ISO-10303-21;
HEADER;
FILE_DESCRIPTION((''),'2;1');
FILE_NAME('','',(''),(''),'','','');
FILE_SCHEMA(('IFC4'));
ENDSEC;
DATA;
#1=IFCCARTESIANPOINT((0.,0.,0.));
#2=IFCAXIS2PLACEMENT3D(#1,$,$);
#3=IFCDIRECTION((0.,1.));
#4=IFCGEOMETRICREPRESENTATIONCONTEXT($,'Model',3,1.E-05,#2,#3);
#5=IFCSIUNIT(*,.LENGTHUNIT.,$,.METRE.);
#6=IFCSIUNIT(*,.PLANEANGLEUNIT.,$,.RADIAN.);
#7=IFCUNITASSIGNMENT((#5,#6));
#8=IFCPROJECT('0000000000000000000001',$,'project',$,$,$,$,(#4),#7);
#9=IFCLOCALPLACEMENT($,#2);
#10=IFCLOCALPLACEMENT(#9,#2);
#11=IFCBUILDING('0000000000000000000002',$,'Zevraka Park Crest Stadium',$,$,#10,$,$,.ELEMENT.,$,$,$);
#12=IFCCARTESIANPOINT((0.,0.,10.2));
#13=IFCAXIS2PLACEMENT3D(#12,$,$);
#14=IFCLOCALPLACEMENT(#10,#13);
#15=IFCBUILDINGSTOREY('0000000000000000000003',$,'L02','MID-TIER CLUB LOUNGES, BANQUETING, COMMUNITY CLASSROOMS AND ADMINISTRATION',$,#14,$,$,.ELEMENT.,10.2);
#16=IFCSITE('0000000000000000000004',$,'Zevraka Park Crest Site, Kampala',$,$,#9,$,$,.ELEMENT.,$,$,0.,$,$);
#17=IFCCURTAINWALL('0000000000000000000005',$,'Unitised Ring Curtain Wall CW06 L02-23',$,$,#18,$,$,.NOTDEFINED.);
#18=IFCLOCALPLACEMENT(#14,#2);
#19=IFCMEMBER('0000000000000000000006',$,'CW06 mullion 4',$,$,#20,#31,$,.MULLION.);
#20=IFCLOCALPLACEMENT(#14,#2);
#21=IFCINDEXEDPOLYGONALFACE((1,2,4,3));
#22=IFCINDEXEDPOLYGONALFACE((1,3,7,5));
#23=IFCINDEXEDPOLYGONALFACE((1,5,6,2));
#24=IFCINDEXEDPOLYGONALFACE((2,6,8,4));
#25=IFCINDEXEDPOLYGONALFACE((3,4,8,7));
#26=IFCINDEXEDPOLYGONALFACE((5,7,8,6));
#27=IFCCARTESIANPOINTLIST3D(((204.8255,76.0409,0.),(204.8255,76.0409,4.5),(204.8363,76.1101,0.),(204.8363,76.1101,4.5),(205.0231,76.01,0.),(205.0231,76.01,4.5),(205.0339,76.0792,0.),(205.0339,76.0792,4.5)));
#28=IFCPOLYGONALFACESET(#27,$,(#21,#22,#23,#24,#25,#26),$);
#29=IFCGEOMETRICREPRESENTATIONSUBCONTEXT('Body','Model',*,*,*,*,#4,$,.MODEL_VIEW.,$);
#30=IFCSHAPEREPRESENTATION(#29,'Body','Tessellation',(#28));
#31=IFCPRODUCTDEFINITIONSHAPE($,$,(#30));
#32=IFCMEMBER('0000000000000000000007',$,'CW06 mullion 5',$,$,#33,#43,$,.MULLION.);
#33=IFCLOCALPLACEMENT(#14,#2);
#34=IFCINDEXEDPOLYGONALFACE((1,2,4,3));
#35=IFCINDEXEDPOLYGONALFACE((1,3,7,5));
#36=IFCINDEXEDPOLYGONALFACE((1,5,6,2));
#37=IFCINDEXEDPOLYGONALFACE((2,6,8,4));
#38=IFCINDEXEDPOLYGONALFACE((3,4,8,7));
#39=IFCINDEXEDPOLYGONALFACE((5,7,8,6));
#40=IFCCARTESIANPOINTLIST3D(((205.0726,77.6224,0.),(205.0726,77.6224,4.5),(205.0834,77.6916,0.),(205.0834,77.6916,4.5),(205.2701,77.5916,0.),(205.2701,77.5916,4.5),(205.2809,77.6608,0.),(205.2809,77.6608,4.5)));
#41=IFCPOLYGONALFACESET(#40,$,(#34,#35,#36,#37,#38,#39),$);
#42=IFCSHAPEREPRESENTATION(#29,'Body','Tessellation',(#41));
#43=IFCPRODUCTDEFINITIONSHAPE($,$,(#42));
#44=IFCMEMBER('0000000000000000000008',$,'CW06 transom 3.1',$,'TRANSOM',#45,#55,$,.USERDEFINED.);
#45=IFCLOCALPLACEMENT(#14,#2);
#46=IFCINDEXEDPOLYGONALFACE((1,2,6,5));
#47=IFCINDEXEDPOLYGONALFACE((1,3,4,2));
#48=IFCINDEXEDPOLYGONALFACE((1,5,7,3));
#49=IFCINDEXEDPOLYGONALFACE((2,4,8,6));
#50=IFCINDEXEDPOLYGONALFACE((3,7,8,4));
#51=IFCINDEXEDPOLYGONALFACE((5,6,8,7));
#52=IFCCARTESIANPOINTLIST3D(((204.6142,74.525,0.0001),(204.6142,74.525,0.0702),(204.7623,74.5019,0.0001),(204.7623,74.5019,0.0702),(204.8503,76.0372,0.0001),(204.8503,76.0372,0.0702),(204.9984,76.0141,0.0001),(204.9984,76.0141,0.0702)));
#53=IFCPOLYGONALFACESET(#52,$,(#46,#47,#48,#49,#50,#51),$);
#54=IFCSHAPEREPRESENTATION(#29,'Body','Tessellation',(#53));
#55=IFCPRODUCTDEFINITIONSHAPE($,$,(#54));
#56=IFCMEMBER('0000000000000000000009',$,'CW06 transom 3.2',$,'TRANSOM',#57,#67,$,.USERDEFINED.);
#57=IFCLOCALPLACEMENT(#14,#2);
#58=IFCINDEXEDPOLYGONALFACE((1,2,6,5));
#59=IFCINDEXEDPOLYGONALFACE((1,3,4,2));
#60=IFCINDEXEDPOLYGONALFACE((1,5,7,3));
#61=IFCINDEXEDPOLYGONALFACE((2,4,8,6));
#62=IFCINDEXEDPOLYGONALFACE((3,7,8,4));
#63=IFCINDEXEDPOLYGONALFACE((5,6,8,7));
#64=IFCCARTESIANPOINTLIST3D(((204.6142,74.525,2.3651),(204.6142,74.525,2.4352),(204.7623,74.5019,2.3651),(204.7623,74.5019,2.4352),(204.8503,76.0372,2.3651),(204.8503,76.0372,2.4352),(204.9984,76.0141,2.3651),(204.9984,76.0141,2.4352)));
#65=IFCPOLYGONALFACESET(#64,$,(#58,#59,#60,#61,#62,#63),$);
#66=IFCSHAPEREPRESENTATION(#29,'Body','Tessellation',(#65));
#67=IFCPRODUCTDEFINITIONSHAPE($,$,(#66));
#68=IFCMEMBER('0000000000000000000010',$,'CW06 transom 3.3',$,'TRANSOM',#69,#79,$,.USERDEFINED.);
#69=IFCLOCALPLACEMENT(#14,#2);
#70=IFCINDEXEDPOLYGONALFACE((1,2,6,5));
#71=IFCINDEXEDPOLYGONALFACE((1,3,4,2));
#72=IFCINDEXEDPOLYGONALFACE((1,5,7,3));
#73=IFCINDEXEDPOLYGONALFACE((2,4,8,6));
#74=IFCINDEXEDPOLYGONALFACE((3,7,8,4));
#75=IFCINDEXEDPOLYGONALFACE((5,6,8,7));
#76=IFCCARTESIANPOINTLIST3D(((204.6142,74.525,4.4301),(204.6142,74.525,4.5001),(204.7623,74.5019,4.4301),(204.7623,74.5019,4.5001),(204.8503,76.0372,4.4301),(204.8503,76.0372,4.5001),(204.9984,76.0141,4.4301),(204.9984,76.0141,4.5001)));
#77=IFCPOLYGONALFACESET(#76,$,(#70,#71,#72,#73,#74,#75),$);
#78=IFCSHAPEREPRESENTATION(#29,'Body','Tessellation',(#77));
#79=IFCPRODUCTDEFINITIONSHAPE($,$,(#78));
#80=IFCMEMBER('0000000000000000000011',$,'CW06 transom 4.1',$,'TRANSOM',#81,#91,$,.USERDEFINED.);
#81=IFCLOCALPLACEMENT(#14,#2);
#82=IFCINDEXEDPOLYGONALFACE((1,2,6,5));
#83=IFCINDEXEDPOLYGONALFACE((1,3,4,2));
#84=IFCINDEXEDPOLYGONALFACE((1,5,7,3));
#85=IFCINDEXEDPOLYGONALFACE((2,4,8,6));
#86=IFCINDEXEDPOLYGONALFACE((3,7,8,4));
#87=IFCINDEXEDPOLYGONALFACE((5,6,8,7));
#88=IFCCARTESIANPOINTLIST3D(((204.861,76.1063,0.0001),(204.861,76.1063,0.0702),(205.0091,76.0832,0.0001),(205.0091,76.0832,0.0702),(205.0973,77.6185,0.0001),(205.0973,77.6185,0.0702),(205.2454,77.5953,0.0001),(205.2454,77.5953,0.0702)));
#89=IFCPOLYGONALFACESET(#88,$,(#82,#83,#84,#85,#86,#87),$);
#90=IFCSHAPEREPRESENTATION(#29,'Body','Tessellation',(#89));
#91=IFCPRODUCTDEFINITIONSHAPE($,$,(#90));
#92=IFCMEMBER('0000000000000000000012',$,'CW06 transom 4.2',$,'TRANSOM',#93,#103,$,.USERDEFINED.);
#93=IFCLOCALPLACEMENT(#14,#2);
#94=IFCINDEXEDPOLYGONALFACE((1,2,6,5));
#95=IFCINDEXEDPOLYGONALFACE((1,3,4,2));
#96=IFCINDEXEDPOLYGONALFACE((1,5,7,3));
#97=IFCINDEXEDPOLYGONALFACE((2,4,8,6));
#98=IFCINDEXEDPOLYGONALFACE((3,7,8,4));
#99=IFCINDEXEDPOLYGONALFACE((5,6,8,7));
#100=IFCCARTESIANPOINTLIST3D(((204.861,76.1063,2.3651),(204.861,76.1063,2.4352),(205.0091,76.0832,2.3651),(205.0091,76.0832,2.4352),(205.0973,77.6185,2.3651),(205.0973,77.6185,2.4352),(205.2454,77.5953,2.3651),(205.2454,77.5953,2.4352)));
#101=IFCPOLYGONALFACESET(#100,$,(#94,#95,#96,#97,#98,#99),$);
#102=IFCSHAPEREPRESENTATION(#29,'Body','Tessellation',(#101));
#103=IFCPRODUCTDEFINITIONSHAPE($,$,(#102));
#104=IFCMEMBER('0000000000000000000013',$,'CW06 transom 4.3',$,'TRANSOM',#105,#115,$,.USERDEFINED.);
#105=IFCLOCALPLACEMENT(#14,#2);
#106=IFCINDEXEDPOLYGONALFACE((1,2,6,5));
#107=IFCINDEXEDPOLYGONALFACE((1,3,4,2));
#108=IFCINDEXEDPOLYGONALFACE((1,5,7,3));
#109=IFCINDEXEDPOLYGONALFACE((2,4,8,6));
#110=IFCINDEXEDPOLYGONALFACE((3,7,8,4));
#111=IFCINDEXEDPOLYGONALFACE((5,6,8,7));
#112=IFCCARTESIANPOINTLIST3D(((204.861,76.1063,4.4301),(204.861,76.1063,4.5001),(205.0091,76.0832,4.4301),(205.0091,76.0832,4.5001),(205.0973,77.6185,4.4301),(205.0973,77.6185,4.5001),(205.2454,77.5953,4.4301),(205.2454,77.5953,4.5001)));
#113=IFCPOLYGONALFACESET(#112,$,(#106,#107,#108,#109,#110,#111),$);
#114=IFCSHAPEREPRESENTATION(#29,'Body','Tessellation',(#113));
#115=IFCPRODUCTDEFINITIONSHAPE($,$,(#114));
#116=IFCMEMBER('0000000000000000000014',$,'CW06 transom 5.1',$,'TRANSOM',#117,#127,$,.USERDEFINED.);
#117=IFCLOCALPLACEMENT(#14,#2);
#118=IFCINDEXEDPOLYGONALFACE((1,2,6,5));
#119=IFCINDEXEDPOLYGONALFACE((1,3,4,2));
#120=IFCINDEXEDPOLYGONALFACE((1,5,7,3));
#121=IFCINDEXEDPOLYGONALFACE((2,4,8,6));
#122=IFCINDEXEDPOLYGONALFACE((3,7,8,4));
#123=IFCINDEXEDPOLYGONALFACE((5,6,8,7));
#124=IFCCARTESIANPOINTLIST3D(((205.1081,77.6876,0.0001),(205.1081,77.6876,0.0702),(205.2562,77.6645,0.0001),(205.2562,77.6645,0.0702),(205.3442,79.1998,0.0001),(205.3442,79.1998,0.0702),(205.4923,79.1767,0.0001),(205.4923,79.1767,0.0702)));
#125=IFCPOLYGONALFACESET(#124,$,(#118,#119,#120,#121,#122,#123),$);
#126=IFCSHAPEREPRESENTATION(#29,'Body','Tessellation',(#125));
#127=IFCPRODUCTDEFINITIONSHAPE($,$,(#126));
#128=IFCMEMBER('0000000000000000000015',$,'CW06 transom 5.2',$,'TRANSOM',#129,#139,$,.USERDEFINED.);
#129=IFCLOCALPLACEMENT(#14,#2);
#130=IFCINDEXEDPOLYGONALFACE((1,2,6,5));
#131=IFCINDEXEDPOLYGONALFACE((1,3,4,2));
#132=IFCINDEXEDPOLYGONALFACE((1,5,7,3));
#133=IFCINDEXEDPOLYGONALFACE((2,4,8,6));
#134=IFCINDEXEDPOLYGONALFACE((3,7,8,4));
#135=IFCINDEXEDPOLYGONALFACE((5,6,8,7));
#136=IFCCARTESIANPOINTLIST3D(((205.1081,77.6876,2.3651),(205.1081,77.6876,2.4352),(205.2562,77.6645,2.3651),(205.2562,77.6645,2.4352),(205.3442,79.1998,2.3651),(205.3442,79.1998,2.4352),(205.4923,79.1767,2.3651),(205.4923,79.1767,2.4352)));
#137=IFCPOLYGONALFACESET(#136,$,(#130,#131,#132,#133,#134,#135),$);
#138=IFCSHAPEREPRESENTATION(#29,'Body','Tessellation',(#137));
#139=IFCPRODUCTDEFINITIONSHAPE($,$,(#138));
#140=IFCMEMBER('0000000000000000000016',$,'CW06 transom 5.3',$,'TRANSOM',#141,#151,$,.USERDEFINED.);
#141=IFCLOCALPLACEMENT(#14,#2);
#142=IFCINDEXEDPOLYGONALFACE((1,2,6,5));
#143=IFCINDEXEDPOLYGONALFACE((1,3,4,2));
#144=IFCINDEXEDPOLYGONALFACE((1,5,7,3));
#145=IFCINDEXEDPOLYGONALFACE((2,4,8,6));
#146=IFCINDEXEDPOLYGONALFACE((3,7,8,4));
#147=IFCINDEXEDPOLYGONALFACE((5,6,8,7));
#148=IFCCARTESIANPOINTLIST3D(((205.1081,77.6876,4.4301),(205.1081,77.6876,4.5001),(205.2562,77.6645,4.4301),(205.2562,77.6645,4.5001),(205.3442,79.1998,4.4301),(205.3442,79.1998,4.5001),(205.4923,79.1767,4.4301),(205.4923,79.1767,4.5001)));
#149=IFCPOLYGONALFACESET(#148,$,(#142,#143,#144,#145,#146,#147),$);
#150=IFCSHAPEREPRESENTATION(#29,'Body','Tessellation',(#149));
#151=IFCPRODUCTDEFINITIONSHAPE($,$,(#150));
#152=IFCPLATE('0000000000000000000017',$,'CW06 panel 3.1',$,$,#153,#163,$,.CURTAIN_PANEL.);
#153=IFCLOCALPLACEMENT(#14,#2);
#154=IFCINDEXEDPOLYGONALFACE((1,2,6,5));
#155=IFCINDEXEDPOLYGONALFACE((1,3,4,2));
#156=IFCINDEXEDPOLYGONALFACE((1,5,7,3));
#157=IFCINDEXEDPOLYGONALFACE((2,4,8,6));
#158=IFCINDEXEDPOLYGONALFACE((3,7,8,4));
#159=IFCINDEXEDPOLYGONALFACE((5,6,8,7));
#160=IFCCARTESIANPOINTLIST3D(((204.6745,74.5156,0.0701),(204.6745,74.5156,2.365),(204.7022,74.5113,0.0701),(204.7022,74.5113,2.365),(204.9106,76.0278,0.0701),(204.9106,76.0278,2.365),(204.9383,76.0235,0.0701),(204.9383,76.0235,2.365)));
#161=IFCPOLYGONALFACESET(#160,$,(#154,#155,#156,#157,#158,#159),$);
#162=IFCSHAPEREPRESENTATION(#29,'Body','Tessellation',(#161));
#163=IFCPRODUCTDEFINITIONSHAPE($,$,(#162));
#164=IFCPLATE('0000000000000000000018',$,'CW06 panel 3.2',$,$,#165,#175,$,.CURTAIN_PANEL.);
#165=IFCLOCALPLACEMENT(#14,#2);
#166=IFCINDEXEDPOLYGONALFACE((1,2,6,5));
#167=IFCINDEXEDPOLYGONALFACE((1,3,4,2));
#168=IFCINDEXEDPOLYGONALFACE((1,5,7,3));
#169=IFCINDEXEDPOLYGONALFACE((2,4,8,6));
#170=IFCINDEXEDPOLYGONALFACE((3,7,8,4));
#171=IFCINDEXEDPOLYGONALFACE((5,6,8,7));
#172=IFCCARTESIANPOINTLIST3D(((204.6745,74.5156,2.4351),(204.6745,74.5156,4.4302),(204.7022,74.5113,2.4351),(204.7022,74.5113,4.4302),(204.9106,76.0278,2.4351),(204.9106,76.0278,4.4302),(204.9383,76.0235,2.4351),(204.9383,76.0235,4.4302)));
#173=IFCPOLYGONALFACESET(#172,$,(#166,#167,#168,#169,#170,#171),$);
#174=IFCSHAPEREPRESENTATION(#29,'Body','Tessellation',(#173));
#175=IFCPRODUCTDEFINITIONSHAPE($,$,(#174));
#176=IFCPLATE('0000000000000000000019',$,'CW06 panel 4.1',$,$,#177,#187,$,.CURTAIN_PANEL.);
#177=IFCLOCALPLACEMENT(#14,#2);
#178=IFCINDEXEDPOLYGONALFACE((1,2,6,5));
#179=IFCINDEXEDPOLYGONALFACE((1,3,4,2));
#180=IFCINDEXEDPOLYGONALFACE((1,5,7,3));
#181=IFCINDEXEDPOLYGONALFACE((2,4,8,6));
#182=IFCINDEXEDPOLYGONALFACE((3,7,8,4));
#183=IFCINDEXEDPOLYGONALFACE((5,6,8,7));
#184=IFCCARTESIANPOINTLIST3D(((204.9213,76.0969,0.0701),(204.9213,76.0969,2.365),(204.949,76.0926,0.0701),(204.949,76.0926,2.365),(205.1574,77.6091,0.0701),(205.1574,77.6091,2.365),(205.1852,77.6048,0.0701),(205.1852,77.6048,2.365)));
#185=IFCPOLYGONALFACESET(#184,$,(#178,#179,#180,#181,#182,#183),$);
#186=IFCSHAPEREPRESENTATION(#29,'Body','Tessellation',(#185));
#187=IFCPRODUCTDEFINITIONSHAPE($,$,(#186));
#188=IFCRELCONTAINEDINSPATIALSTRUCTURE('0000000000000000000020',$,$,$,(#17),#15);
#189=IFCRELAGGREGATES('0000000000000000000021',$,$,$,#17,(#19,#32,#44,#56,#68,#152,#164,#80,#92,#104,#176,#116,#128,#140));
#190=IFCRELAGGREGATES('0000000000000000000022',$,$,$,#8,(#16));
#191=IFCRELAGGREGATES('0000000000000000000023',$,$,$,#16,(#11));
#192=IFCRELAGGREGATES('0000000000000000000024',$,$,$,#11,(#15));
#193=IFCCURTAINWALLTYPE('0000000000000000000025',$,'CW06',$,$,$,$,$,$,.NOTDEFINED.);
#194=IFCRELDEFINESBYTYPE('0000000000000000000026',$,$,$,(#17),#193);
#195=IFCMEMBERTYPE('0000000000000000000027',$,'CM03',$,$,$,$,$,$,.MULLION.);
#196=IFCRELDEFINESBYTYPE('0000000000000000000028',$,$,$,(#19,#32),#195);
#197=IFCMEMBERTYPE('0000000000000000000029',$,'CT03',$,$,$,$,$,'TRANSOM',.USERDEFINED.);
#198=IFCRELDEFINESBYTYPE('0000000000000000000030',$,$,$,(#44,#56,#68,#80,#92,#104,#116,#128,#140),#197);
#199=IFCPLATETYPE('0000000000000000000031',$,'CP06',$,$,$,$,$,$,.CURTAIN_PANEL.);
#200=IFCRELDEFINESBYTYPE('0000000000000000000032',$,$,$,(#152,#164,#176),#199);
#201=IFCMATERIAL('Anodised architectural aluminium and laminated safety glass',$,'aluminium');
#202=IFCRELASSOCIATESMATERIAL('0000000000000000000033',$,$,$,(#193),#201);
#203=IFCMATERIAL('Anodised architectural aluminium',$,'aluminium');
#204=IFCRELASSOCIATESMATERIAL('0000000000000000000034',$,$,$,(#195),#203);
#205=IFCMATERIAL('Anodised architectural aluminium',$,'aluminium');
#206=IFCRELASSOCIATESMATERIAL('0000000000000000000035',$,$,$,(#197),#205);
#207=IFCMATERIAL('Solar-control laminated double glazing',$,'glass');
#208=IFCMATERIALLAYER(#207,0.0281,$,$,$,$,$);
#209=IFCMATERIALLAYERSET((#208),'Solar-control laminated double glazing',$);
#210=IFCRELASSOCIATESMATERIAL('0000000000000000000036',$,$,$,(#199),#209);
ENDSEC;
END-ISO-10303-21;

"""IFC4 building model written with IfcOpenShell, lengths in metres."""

from ifc_helpers import new_model, si_unit, direction, frame, origin, origin_2d, place, context, subcontext, project, spatial, rectangle, extrude, material, layer, layer_set, material_profile, profile_set, type_object, element, aggregate, save


model = new_model("IFC4")

# Units and contexts
model_context = context("Model", 3, precision=1e-05, world=origin(), true_north=direction((0.0, 1.0)))
body_context = subcontext(model_context, "Body", "Model", "MODEL_VIEW")
ifc_project = project(units=[si_unit("LENGTHUNIT", "METRE"), si_unit("PLANEANGLEUNIT", "RADIAN")], contexts=[model_context])

# Site, building, storey
site_placement = place(None, origin())
site = spatial("IfcSite", under=ifc_project, at=site_placement, Name="Zevraka Park Crest Site, Kampala", CompositionType="ELEMENT", RefElevation=0.0)
building_placement = place(site_placement, origin())
building = spatial("IfcBuilding", under=site, at=building_placement, Name="Zevraka Park Crest Stadium", CompositionType="ELEMENT")
storey_placement = place(building_placement, frame((0.0, 0.0, 10.2)))
storey = spatial("IfcBuildingStorey", under=building, at=storey_placement, Name="L02", Description="MID-TIER CLUB LOUNGES, BANQUETING, COMMUNITY CLASSROOMS AND ADMINISTRATION", CompositionType="ELEMENT", Elevation=10.2)

# Curtain wall, members, plates
ifc_material_1 = material(Name="Anodised architectural aluminium and laminated safety glass", Category="aluminium")
curtain_wall_type = type_object("IfcCurtainWallType", Name="CW06", PredefinedType="NOTDEFINED", material=ifc_material_1)
curtain_wall_placement = place(storey_placement, origin())
curtain_wall = element("IfcCurtainWall", 1, at=curtain_wall_placement, inside=storey, type_object=curtain_wall_type, Name="Unitised Ring Curtain Wall CW06 L02-23", PredefinedType="NOTDEFINED")
ifc_material_2 = material(Name="Anodised architectural aluminium", Category="aluminium")
ifc_material_profile_1 = material_profile(ifc_material_2, rectangle(XDim=0.2, YDim=0.0701, at=origin_2d()), Name="ALU MULLION 200x70")
ifc_profile_set_1 = profile_set([ifc_material_profile_1], Name="Anodised architectural aluminium")
member_type_1 = type_object("IfcMemberType", Name="CM03", PredefinedType="MULLION", material=ifc_profile_set_1)
member_1_placement = place(storey_placement, frame((204.9297, 76.0601, 0.0), z_axis=(0.0, 0.0, 1.0), x_axis=(-0.988028, 0.154274, 0.0)))
member_1 = element("IfcMember", 2, at=member_1_placement, type_object=member_type_1, Name="CW06 mullion 4", PredefinedType="MULLION", context=body_context, shape_type="SweptSolid", body=[
    extrude(rectangle(XDim=0.2, YDim=0.0701, at=origin_2d()), origin(), (0.0, 0.0, 1.0), 4.5),
])
member_2_placement = place(storey_placement, frame((205.1768, 77.6416, 0.0), z_axis=(0.0, 0.0, 1.0), x_axis=(-0.988028, 0.154274, 0.0)))
member_2 = element("IfcMember", 3, at=member_2_placement, type_object=member_type_1, Name="CW06 mullion 5", PredefinedType="MULLION", context=body_context, shape_type="SweptSolid", body=[
    extrude(rectangle(XDim=0.2, YDim=0.0701, at=origin_2d()), origin(), (0.0, 0.0, 1.0), 4.5),
])
ifc_material_3 = material(Name="Anodised architectural aluminium", Category="aluminium")
ifc_material_profile_2 = material_profile(ifc_material_3, rectangle(XDim=0.1499, YDim=0.0701, at=origin_2d()), Name="ALU TRANSOM 150x70")
ifc_profile_set_2 = profile_set([ifc_material_profile_2], Name="Anodised architectural aluminium")
member_type_2 = type_object("IfcMemberType", Name="CT03", ElementType="TRANSOM", PredefinedType="USERDEFINED", material=ifc_profile_set_2)
member_3_placement = place(storey_placement, frame((204.6882, 74.5134, 0.0352), z_axis=(0.15425, 0.988032, 0.0), x_axis=(-0.988032, 0.15425, 0.0)))
member_3 = element("IfcMember", 4, at=member_3_placement, type_object=member_type_2, Name="CW06 transom 3.1", ObjectType="TRANSOM", PredefinedType="USERDEFINED", context=body_context, shape_type="SweptSolid", body=[
    extrude(rectangle(XDim=0.1499, YDim=0.0701, at=origin_2d()), origin(), (0.0, 0.0, 1.0), 1.5305),
])
member_4_placement = place(storey_placement, frame((204.6882, 74.5134, 2.4001), z_axis=(0.15425, 0.988032, 0.0), x_axis=(-0.988032, 0.15425, 0.0)))
member_4 = element("IfcMember", 5, at=member_4_placement, type_object=member_type_2, Name="CW06 transom 3.2", ObjectType="TRANSOM", PredefinedType="USERDEFINED", context=body_context, shape_type="SweptSolid", body=[
    extrude(rectangle(XDim=0.1499, YDim=0.0701, at=origin_2d()), origin(), (0.0, 0.0, 1.0), 1.5305),
])
member_5_placement = place(storey_placement, frame((204.6882, 74.5134, 4.4651), z_axis=(0.15425, 0.988032, 0.0), x_axis=(-0.988032, 0.15425, 0.0)))
member_5 = element("IfcMember", 6, at=member_5_placement, type_object=member_type_2, Name="CW06 transom 3.3", ObjectType="TRANSOM", PredefinedType="USERDEFINED", context=body_context, shape_type="SweptSolid", body=[
    extrude(rectangle(XDim=0.1499, YDim=0.0701, at=origin_2d()), origin(), (0.0, 0.0, 1.0), 1.5305),
])
member_6_placement = place(storey_placement, frame((204.9351, 76.0947, 0.0352), z_axis=(0.154406, 0.988007, 0.0), x_axis=(-0.988007, 0.154406, 0.0)))
member_6 = element("IfcMember", 7, at=member_6_placement, type_object=member_type_2, Name="CW06 transom 4.1", ObjectType="TRANSOM", PredefinedType="USERDEFINED", context=body_context, shape_type="SweptSolid", body=[
    extrude(rectangle(XDim=0.1499, YDim=0.0701, at=origin_2d()), origin(), (0.0, 0.0, 1.0), 1.5305),
])
member_7_placement = place(storey_placement, frame((204.9351, 76.0947, 2.4001), z_axis=(0.154406, 0.988007, 0.0), x_axis=(-0.988007, 0.154406, 0.0)))
member_7 = element("IfcMember", 8, at=member_7_placement, type_object=member_type_2, Name="CW06 transom 4.2", ObjectType="TRANSOM", PredefinedType="USERDEFINED", context=body_context, shape_type="SweptSolid", body=[
    extrude(rectangle(XDim=0.1499, YDim=0.0701, at=origin_2d()), origin(), (0.0, 0.0, 1.0), 1.5305),
])
member_8_placement = place(storey_placement, frame((204.9351, 76.0947, 4.4651), z_axis=(0.154406, 0.988007, 0.0), x_axis=(-0.988007, 0.154406, 0.0)))
member_8 = element("IfcMember", 9, at=member_8_placement, type_object=member_type_2, Name="CW06 transom 4.3", ObjectType="TRANSOM", PredefinedType="USERDEFINED", context=body_context, shape_type="SweptSolid", body=[
    extrude(rectangle(XDim=0.1499, YDim=0.0701, at=origin_2d()), origin(), (0.0, 0.0, 1.0), 1.5305),
])
member_9_placement = place(storey_placement, frame((205.1821, 77.676, 0.0352), z_axis=(0.15425, 0.988032, 0.0), x_axis=(-0.988032, 0.15425, 0.0)))
member_9 = element("IfcMember", 10, at=member_9_placement, type_object=member_type_2, Name="CW06 transom 5.1", ObjectType="TRANSOM", PredefinedType="USERDEFINED", context=body_context, shape_type="SweptSolid", body=[
    extrude(rectangle(XDim=0.1499, YDim=0.0701, at=origin_2d()), origin(), (0.0, 0.0, 1.0), 1.5305),
])
member_10_placement = place(storey_placement, frame((205.1821, 77.676, 2.4001), z_axis=(0.15425, 0.988032, 0.0), x_axis=(-0.988032, 0.15425, 0.0)))
member_10 = element("IfcMember", 11, at=member_10_placement, type_object=member_type_2, Name="CW06 transom 5.2", ObjectType="TRANSOM", PredefinedType="USERDEFINED", context=body_context, shape_type="SweptSolid", body=[
    extrude(rectangle(XDim=0.1499, YDim=0.0701, at=origin_2d()), origin(), (0.0, 0.0, 1.0), 1.5305),
])
member_11_placement = place(storey_placement, frame((205.1821, 77.676, 4.4651), z_axis=(0.15425, 0.988032, 0.0), x_axis=(-0.988032, 0.15425, 0.0)))
member_11 = element("IfcMember", 12, at=member_11_placement, type_object=member_type_2, Name="CW06 transom 5.3", ObjectType="TRANSOM", PredefinedType="USERDEFINED", context=body_context, shape_type="SweptSolid", body=[
    extrude(rectangle(XDim=0.1499, YDim=0.0701, at=origin_2d()), origin(), (0.0, 0.0, 1.0), 1.5305),
])
ifc_material_4 = material(Name="Solar-control laminated double glazing", Category="glass")
ifc_layer_1 = layer(ifc_material_4, 0.0281)
ifc_layer_set_1 = layer_set([ifc_layer_1], Name="Solar-control laminated double glazing")
plate_type = type_object("IfcPlateType", Name="CP06", PredefinedType="CURTAIN_PANEL", material=ifc_layer_set_1)
plate_1_placement = place(storey_placement, frame((204.8064, 75.2695, 0.0701), z_axis=(0.0, 0.0, 1.0), x_axis=(0.154274, 0.988028, 0.0)))
plate_1 = element("IfcPlate", 13, at=plate_1_placement, type_object=plate_type, Name="CW06 panel 3.1", PredefinedType="CURTAIN_PANEL", context=body_context, shape_type="SweptSolid", body=[
    extrude(rectangle(XDim=1.5305, YDim=0.0281, at=origin_2d()), origin(), (0.0, 0.0, 1.0), 2.2949),
])
plate_2_placement = place(storey_placement, frame((204.8064, 75.2695, 2.4351), z_axis=(0.0, 0.0, 1.0), x_axis=(0.154274, 0.988028, 0.0)))
plate_2 = element("IfcPlate", 14, at=plate_2_placement, type_object=plate_type, Name="CW06 panel 3.2", PredefinedType="CURTAIN_PANEL", context=body_context, shape_type="SweptSolid", body=[
    extrude(rectangle(XDim=1.5305, YDim=0.0281, at=origin_2d()), origin(), (0.0, 0.0, 1.0), 1.9951),
])
plate_3_placement = place(storey_placement, frame((205.0532, 76.8508, 0.0701), z_axis=(0.0, 0.0, 1.0), x_axis=(0.154274, 0.988028, 0.0)))
plate_3 = element("IfcPlate", 15, at=plate_3_placement, type_object=plate_type, Name="CW06 panel 4.1", PredefinedType="CURTAIN_PANEL", context=body_context, shape_type="SweptSolid", body=[
    extrude(rectangle(XDim=1.5305, YDim=0.0281, at=origin_2d()), origin(), (0.0, 0.0, 1.0), 2.2949),
])
aggregate(curtain_wall, [member_1, member_2, member_3, member_4, member_5, plate_1, plate_2, member_6, member_7, member_8, plate_3, member_9, member_10, member_11])

save(model, "model.ifc")
